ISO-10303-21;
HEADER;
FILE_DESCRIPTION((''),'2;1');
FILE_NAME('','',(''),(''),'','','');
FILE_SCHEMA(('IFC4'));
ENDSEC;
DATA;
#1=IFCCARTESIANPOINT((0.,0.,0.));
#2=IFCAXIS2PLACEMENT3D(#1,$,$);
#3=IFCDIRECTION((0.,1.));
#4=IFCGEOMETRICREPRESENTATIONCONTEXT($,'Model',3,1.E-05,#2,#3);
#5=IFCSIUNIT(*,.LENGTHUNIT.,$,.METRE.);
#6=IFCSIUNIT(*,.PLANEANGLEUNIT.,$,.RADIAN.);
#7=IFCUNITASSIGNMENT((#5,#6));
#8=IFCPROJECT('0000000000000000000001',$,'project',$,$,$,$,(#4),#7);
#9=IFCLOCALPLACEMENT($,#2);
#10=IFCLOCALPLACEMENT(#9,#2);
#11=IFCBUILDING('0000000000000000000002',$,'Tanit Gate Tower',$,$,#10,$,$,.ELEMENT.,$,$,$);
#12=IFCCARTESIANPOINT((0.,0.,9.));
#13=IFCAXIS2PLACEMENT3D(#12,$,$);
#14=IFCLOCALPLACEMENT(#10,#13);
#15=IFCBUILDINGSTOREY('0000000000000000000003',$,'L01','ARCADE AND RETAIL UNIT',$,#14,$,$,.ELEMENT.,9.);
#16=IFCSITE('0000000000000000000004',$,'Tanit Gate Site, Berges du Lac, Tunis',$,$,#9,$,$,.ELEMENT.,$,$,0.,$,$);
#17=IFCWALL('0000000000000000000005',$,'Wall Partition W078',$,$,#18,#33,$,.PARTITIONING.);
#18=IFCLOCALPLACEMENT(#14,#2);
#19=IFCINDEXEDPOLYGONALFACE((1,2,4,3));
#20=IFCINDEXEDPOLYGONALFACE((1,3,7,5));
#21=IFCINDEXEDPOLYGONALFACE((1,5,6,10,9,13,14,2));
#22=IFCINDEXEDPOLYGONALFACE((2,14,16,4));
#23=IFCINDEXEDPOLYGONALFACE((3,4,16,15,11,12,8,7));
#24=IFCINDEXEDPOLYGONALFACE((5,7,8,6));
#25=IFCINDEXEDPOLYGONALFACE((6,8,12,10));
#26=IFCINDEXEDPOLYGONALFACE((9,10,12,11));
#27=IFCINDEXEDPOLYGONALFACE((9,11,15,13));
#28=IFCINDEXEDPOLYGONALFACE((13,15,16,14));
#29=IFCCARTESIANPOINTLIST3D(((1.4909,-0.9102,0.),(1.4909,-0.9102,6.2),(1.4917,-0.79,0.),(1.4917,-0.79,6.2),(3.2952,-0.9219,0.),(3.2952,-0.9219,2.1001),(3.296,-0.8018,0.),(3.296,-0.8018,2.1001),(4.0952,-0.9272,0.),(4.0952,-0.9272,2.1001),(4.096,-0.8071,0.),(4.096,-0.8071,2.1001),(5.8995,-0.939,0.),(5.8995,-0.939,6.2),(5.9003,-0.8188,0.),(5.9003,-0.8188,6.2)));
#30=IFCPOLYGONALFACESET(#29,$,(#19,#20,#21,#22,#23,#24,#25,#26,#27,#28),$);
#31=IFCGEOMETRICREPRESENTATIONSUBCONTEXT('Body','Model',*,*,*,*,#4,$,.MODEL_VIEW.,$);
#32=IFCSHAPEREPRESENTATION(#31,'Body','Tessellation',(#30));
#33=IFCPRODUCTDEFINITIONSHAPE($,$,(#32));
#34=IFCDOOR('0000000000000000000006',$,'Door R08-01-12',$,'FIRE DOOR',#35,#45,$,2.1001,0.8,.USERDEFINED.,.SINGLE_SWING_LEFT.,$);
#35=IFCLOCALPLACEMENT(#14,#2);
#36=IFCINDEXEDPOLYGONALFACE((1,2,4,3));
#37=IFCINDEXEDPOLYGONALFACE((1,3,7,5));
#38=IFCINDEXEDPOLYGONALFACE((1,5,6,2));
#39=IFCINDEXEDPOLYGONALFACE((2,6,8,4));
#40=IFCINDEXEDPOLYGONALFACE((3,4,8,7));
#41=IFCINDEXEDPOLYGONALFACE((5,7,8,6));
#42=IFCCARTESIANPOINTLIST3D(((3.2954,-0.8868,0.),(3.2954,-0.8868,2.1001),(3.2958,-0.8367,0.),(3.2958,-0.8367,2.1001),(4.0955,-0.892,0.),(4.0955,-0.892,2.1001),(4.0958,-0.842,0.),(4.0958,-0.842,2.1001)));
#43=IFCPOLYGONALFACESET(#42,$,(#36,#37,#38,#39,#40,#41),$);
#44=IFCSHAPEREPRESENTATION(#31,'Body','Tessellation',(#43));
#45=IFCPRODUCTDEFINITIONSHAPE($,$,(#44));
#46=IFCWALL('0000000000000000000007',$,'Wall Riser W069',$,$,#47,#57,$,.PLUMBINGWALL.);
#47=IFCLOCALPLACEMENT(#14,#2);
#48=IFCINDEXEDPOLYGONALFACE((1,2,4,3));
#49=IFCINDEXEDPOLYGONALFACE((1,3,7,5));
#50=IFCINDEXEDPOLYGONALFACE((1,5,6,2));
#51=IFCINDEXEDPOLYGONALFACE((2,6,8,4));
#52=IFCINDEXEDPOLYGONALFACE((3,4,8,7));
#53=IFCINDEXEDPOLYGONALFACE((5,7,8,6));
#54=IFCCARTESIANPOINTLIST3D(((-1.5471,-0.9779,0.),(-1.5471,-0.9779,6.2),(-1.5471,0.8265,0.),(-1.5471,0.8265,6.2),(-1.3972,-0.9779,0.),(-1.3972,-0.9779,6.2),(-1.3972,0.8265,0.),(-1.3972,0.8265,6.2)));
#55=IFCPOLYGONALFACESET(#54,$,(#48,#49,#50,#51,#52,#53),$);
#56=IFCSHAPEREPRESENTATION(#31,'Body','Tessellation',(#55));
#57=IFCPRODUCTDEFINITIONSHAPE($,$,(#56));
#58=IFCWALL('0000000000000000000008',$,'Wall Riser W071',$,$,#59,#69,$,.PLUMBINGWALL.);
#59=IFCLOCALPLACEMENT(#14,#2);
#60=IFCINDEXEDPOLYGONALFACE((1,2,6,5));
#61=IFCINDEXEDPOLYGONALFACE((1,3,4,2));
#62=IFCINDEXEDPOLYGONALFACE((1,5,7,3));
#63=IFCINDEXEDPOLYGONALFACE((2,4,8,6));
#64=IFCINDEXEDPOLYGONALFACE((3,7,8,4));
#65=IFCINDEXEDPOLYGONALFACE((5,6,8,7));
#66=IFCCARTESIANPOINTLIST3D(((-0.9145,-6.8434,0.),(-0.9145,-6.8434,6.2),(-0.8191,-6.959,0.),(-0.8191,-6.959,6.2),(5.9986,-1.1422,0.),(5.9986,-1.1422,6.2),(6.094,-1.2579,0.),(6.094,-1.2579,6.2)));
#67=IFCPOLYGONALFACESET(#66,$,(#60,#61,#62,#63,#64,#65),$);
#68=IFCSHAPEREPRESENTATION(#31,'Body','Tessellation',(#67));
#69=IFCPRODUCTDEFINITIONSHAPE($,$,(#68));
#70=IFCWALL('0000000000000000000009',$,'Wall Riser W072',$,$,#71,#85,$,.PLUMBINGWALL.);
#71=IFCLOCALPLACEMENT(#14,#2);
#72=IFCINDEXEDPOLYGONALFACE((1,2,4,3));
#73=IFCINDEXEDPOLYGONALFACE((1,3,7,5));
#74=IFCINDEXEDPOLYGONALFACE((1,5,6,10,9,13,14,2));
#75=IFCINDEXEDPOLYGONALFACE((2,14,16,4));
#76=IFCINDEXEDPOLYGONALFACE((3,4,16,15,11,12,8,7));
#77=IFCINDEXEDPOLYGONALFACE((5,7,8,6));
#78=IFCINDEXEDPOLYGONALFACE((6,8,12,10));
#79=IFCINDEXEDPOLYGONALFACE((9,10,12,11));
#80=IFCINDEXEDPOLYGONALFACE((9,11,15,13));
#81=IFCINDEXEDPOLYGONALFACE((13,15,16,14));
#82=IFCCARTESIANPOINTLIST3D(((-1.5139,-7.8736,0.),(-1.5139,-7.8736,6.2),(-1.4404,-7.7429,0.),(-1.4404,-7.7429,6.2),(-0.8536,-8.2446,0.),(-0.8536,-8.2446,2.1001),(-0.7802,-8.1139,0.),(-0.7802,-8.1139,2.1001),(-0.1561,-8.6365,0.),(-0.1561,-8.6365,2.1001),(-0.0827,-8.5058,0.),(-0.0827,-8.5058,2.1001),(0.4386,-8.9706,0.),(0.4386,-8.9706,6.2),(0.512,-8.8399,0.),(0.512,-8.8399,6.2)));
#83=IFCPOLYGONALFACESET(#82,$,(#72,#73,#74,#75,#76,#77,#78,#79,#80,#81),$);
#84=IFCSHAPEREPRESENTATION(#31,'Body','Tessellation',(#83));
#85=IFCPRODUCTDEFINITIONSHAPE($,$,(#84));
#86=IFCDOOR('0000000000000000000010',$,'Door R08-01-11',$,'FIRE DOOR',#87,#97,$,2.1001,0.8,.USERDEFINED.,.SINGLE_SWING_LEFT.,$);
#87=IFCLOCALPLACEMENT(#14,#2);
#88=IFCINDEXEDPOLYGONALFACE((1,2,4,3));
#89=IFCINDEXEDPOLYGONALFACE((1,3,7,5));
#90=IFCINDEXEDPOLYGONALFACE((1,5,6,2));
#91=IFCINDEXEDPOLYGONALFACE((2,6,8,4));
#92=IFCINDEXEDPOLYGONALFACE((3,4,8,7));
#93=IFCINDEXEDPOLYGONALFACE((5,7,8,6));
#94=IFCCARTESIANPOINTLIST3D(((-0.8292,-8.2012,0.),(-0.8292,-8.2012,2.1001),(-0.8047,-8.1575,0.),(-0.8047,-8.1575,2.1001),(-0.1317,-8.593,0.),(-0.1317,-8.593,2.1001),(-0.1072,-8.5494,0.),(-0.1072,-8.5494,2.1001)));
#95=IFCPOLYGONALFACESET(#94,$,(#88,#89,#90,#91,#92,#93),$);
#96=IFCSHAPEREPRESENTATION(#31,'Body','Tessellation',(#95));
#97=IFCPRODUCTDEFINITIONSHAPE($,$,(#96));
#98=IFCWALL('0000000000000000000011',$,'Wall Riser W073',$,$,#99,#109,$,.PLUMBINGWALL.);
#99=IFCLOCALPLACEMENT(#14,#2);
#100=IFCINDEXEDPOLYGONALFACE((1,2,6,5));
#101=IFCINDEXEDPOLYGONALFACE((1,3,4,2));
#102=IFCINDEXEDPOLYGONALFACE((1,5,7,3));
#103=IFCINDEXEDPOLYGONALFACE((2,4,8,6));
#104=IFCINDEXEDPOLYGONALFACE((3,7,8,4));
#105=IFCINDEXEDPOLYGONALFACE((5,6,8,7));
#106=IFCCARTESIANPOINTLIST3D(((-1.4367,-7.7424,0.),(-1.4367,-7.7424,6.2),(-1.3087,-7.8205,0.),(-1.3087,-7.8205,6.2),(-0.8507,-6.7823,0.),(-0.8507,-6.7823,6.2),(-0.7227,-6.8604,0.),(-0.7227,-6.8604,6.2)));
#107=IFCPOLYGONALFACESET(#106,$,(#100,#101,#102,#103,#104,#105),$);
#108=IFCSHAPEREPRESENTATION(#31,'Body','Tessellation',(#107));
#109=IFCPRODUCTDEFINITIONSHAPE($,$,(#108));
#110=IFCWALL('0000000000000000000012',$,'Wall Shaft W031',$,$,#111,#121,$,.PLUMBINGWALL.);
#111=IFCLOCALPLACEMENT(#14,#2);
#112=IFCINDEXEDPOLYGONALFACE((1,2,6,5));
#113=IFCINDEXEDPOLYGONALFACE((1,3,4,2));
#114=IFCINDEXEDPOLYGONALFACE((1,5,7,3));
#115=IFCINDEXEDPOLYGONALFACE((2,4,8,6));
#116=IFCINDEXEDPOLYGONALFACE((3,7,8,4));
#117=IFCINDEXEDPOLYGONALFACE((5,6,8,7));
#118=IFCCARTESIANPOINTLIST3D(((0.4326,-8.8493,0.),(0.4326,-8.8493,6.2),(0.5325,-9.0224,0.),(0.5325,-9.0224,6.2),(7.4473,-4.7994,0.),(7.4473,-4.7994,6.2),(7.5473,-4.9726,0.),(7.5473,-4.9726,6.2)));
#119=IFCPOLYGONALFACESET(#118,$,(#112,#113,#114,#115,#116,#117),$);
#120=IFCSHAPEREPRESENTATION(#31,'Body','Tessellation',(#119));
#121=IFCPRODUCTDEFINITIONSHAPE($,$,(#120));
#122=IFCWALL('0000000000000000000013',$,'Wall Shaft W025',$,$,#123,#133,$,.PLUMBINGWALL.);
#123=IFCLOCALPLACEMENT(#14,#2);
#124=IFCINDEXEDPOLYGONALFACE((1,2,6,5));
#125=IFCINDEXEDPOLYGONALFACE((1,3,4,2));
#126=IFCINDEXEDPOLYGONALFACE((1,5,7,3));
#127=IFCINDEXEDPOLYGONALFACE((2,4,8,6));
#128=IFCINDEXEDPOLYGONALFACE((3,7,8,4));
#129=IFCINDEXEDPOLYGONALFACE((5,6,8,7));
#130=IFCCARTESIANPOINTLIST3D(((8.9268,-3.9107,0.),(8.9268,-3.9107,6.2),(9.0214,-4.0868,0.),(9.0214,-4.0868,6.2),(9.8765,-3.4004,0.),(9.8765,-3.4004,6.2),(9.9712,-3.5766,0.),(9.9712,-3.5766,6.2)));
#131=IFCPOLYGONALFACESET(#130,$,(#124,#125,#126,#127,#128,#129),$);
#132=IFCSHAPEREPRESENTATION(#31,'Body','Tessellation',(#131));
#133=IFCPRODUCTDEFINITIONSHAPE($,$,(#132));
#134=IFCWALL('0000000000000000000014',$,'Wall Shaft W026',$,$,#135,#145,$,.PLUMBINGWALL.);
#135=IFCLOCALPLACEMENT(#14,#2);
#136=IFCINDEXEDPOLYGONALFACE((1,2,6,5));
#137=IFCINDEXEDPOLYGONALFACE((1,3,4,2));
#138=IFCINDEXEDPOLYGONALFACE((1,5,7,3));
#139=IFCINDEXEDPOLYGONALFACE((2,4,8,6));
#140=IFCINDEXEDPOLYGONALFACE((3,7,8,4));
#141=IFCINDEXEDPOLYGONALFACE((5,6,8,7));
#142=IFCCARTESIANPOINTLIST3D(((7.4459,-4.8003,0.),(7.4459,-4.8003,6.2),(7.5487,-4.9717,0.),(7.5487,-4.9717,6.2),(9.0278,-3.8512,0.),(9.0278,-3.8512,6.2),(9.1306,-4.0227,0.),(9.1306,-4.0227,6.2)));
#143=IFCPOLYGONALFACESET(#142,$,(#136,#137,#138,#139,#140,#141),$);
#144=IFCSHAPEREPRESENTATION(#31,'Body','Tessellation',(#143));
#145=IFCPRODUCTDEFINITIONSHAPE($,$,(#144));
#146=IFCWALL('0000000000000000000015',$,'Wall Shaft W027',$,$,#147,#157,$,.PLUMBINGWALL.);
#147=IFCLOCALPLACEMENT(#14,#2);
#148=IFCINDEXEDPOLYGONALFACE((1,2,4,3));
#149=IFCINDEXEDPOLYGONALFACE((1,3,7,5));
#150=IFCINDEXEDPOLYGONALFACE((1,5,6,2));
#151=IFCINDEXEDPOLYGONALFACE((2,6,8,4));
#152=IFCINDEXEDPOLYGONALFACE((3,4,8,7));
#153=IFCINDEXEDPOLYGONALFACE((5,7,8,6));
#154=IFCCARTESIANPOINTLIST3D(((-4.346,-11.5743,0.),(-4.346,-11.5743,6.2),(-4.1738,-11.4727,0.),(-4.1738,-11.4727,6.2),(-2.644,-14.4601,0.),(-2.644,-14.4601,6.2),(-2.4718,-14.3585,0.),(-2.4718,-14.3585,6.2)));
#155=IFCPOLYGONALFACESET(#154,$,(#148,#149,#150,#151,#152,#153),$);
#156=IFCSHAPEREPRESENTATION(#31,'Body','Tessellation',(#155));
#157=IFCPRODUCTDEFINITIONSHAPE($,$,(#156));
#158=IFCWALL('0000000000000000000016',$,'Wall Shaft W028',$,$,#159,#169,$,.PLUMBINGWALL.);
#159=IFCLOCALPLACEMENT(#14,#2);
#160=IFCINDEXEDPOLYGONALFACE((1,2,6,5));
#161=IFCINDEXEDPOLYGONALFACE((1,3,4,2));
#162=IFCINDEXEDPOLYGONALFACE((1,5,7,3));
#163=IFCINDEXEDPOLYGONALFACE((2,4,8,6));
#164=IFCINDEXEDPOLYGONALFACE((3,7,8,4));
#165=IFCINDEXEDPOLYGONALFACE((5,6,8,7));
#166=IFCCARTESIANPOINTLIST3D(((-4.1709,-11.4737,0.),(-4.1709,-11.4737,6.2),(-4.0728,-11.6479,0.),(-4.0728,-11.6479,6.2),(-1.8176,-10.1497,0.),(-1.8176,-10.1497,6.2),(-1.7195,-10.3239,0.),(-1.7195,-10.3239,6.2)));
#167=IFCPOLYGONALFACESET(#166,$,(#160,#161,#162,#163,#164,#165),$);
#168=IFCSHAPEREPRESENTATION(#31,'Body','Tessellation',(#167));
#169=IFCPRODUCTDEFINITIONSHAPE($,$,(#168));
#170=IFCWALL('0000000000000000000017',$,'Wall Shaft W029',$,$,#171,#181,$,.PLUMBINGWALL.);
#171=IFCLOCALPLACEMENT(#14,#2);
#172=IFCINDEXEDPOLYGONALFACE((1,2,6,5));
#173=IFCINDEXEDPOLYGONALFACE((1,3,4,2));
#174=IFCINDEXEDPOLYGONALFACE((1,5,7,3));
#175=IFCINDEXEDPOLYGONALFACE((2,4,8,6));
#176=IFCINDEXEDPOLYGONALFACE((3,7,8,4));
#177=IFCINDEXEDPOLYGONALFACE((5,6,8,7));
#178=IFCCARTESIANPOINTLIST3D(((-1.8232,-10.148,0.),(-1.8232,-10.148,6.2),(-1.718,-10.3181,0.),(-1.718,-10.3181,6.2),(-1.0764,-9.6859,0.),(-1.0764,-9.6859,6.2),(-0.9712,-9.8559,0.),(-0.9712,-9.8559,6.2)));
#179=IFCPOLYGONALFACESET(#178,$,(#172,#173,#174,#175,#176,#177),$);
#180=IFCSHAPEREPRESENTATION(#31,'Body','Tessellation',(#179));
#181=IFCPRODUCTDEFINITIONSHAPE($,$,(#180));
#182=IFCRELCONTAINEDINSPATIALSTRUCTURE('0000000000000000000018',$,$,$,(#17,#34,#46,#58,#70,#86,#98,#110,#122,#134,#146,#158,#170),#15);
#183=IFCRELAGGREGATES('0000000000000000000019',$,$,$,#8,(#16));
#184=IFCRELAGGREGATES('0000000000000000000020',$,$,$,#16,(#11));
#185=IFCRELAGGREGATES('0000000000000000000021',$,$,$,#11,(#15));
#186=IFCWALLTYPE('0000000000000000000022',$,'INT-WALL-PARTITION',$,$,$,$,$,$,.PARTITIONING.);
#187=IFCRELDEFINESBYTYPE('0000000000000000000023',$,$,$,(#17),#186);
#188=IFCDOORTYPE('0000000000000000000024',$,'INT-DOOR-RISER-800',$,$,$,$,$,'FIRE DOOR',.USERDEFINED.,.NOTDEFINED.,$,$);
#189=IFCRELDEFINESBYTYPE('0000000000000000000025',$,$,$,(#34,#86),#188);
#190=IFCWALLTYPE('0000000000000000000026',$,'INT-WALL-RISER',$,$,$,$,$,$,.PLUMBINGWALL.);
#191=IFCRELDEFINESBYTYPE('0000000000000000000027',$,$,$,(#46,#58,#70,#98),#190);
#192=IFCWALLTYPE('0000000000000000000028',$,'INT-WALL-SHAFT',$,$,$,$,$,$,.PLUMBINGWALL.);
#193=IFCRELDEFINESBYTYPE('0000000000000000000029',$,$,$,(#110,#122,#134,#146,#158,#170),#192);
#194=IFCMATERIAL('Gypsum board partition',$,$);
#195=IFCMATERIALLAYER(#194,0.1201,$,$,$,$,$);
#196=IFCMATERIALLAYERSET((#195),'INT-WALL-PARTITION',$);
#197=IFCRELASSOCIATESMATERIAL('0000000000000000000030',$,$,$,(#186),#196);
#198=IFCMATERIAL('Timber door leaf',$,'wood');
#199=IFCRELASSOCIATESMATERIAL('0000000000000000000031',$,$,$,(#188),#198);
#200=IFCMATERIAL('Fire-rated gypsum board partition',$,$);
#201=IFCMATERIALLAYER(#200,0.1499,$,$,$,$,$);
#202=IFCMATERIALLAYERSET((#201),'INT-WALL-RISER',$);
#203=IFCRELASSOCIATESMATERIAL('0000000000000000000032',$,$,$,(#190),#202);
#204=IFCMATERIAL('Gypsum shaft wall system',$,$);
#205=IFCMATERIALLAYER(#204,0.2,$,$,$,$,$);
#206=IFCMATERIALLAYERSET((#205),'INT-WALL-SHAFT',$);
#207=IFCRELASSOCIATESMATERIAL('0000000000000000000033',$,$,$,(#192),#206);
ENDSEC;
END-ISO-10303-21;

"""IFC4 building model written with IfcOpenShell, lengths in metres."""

from ifc_helpers import new_model, si_unit, direction, frame, frame_2d, origin, place, context, subcontext, project, spatial, rectangle, extrude, material, layer, layer_set, type_object, element, fill, save


model = new_model("IFC4")

# Units and contexts
model_context = context("Model", 3, precision=1e-05, world=origin(), true_north=direction((0.0, 1.0)))
body_context = subcontext(model_context, "Body", "Model", "MODEL_VIEW")
ifc_project = project(units=[si_unit("LENGTHUNIT", "METRE"), si_unit("PLANEANGLEUNIT", "RADIAN")], contexts=[model_context])

# Site, building, storey
site_placement = place(None, origin())
site = spatial("IfcSite", under=ifc_project, at=site_placement, Name="Tanit Gate Site, Berges du Lac, Tunis", CompositionType="ELEMENT", RefElevation=0.0)
building_placement = place(site_placement, origin())
building = spatial("IfcBuilding", under=site, at=building_placement, Name="Tanit Gate Tower", CompositionType="ELEMENT")
storey_placement = place(building_placement, frame((0.0, 0.0, 9.0)))
storey = spatial("IfcBuildingStorey", under=building, at=storey_placement, Name="L01", Description="ARCADE AND RETAIL UNIT", CompositionType="ELEMENT", Elevation=9.0)

# Shared definitions
ifc_material_1 = material(Name="Gypsum board partition")
ifc_layer_1 = layer(ifc_material_1, 0.1201)
ifc_layer_set_1 = layer_set([ifc_layer_1], Name="INT-WALL-PARTITION")
wall_type_1 = type_object("IfcWallType", Name="INT-WALL-PARTITION", PredefinedType="PARTITIONING", material=ifc_layer_set_1)

# Wall, opening, door
wall_1_placement = place(storey_placement, frame((5.8999, -0.8789, 0.0), z_axis=(0.0, 0.0, 1.0), x_axis=(-0.999979, 0.006534, 0.0)))
wall_1 = element("IfcWall", 1, at=wall_1_placement, inside=storey, type_object=wall_type_1, Name="Wall Partition W078", PredefinedType="PARTITIONING", context=body_context, shape_type="SweptSolid", body=[
    extrude(rectangle(XDim=4.4087, YDim=0.1201, at=frame_2d((2.2043, 0.0))), origin(), (0.0, 0.0, 1.0), 6.2),
])
opening_1_placement = place(wall_1_placement, frame((1.8044, 0.0, 0.0)))
opening_1 = element("IfcOpeningElement", 2, at=opening_1_placement, cuts=wall_1, PredefinedType="OPENING", context=body_context, shape_type="SweptSolid", body=[
    extrude(rectangle(XDim=0.8, YDim=2.1001, at=frame_2d((0.3999, 1.05))), frame((0.0, 0.0701, 0.0), z_axis=(0.0, -1.0, 0.0), x_axis=(1.0, 0.0, 0.0)), (0.0, 0.0, 1.0), 0.1401),
])
ifc_material_2 = material(Name="Timber door leaf", Category="wood")
door_type_1 = type_object("IfcDoorType", Name="INT-DOOR-RISER-800", ElementType="FIRE DOOR", OperationType="NOTDEFINED", PredefinedType="USERDEFINED", material=ifc_material_2)
door_1_placement = place(opening_1_placement, origin())
door_1 = element("IfcDoor", 3, at=door_1_placement, inside=storey, type_object=door_type_1, Name="Door R08-01-12", ObjectType="FIRE DOOR", OperationType="SINGLE_SWING_LEFT", OverallHeight=2.1001, OverallWidth=0.8, PredefinedType="USERDEFINED", context=body_context, shape_type="SweptSolid", body=[
    extrude(rectangle(XDim=0.8, YDim=2.1001, at=frame_2d((0.3999, 1.05))), frame((0.0, 0.0249, 0.0), z_axis=(0.0, -1.0, 0.0), x_axis=(1.0, 0.0, 0.0)), (0.0, 0.0, 1.0), 0.05),
])
fill(opening_1, door_1)

# Walls
ifc_material_3 = material(Name="Fire-rated gypsum board partition")
ifc_layer_2 = layer(ifc_material_3, 0.1499)
ifc_layer_set_2 = layer_set([ifc_layer_2], Name="INT-WALL-RISER")
wall_type_2 = type_object("IfcWallType", Name="INT-WALL-RISER", PredefinedType="PLUMBINGWALL", material=ifc_layer_set_2)
wall_2_placement = place(storey_placement, frame((-1.4722, -0.978, 0.0), z_axis=(0.0, 0.0, 1.0), x_axis=(0.0, 1.0, 0.0)))
element("IfcWall", 4, at=wall_2_placement, inside=storey, type_object=wall_type_2, Name="Wall Riser W069", PredefinedType="PLUMBINGWALL", context=body_context, shape_type="SweptSolid", body=[
    extrude(rectangle(XDim=1.8044, YDim=0.1499, at=frame_2d((0.9023, 0.0))), origin(), (0.0, 0.0, 1.0), 6.2),
])
wall_3_placement = place(storey_placement, frame((6.0464, -1.2, 0.0), z_axis=(0.0, 0.0, 1.0), x_axis=(-0.77149, -0.636242, 0.0)))
element("IfcWall", 5, at=wall_3_placement, inside=storey, type_object=wall_type_2, Name="Wall Riser W071", PredefinedType="PLUMBINGWALL", context=body_context, shape_type="SweptSolid", body=[
    extrude(rectangle(XDim=8.9607, YDim=0.1499, at=frame_2d((4.4805, 0.0))), origin(), (0.0, 0.0, 1.0), 6.2),
])

# Wall, opening, door
wall_4_placement = place(storey_placement, frame((-1.4771, -7.8083, 0.0), z_axis=(0.0, 0.0, 1.0), x_axis=(0.871823, -0.489821, 0.0)))
wall_4 = element("IfcWall", 6, at=wall_4_placement, inside=storey, type_object=wall_type_2, Name="Wall Riser W072", PredefinedType="PLUMBINGWALL", context=body_context, shape_type="SweptSolid", body=[
    extrude(rectangle(XDim=2.2395, YDim=0.1499, at=frame_2d((1.1196, 0.0))), origin(), (0.0, 0.0, 1.0), 6.2),
])
opening_2_placement = place(wall_4_placement, frame((0.7573, 0.0, 0.0)))
opening_2 = element("IfcOpeningElement", 7, at=opening_2_placement, cuts=wall_4, PredefinedType="OPENING", context=body_context, shape_type="SweptSolid", body=[
    extrude(rectangle(XDim=0.8, YDim=2.1001, at=frame_2d((0.3999, 1.05))), frame((0.0, 0.085, 0.0), z_axis=(0.0, -1.0, 0.0), x_axis=(1.0, 0.0, 0.0)), (0.0, 0.0, 1.0), 0.1699),
])
door_2_placement = place(opening_2_placement, origin())
door_2 = element("IfcDoor", 8, at=door_2_placement, inside=storey, type_object=door_type_1, Name="Door R08-01-11", ObjectType="FIRE DOOR", OperationType="SINGLE_SWING_LEFT", OverallHeight=2.1001, OverallWidth=0.8, PredefinedType="USERDEFINED", context=body_context, shape_type="SweptSolid", body=[
    extrude(rectangle(XDim=0.8, YDim=2.1001, at=frame_2d((0.3999, 1.05))), frame((0.0, 0.0249, 0.0), z_axis=(0.0, -1.0, 0.0), x_axis=(1.0, 0.0, 0.0)), (0.0, 0.0, 1.0), 0.05),
])
fill(opening_2, door_2)

# Walls
wall_5_placement = place(storey_placement, frame((-0.7866, -6.8213, 0.0), z_axis=(0.0, 0.0, 1.0), x_axis=(-0.520993, -0.853561, 0.0)))
element("IfcWall", 9, at=wall_5_placement, inside=storey, type_object=wall_type_2, Name="Wall Riser W073", PredefinedType="PLUMBINGWALL", context=body_context, shape_type="SweptSolid", body=[
    extrude(rectangle(XDim=1.1248, YDim=0.1499, at=frame_2d((0.5625, 0.0))), origin(), (0.0, 0.0, 1.0), 6.2),
])
ifc_material_4 = material(Name="Gypsum shaft wall system")
ifc_layer_3 = layer(ifc_material_4, 0.2)
ifc_layer_set_3 = layer_set([ifc_layer_3], Name="INT-WALL-SHAFT")
wall_type_3 = type_object("IfcWallType", Name="INT-WALL-SHAFT", PredefinedType="PLUMBINGWALL", material=ifc_layer_set_3)
wall_6_placement = place(storey_placement, frame((0.4827, -8.9358, 0.0), z_axis=(0.0, 0.0, 1.0), x_axis=(0.866031, 0.49999, 0.0)))
element("IfcWall", 10, at=wall_6_placement, inside=storey, type_object=wall_type_3, Name="Wall Shaft W031", PredefinedType="PLUMBINGWALL", context=body_context, shape_type="SweptSolid", body=[
    extrude(rectangle(XDim=8.0999, YDim=0.2, at=frame_2d((4.0498, 0.0))), origin(), (0.0, 0.0, 1.0), 6.2),
])
wall_7_placement = place(storey_placement, frame((8.9741, -3.9988, 0.0), z_axis=(0.0, 0.0, 1.0), x_axis=(0.880907, 0.473289, 0.0)))
element("IfcWall", 11, at=wall_7_placement, inside=storey, type_object=wall_type_3, Name="Wall Shaft W025", PredefinedType="PLUMBINGWALL", context=body_context, shape_type="SweptSolid", body=[
    extrude(rectangle(XDim=1.0781, YDim=0.2, at=frame_2d((0.5391, 0.0))), origin(), (0.0, 0.0, 1.0), 6.2),
])
wall_8_placement = place(storey_placement, frame((7.4973, -4.886, 0.0), z_axis=(0.0, 0.0, 1.0), x_axis=(0.857516, 0.514457, 0.0)))
element("IfcWall", 12, at=wall_8_placement, inside=storey, type_object=wall_type_3, Name="Wall Shaft W026", PredefinedType="PLUMBINGWALL", context=body_context, shape_type="SweptSolid", body=[
    extrude(rectangle(XDim=1.8447, YDim=0.2, at=frame_2d((0.9224, 0.0))), origin(), (0.0, 0.0, 1.0), 6.2),
])
wall_9_placement = place(storey_placement, frame((-2.5579, -14.4094, 0.0), z_axis=(0.0, 0.0, 1.0), x_axis=(-0.507997, 0.861359, 0.0)))
element("IfcWall", 13, at=wall_9_placement, inside=storey, type_object=wall_type_3, Name="Wall Shaft W027", PredefinedType="PLUMBINGWALL", context=body_context, shape_type="SweptSolid", body=[
    extrude(rectangle(XDim=3.3503, YDim=0.2, at=frame_2d((1.6753, 0.0))), origin(), (0.0, 0.0, 1.0), 6.2),
])
wall_10_placement = place(storey_placement, frame((-1.7686, -10.2368, 0.0), z_axis=(0.0, 0.0, 1.0), x_axis=(-0.871534, -0.490334, 0.0)))
element("IfcWall", 14, at=wall_10_placement, inside=storey, type_object=wall_type_3, Name="Wall Shaft W028", PredefinedType="PLUMBINGWALL", context=body_context, shape_type="SweptSolid", body=[
    extrude(rectangle(XDim=2.7002, YDim=0.2, at=frame_2d((1.3501, 0.0))), origin(), (0.0, 0.0, 1.0), 6.2),
])
wall_11_placement = place(storey_placement, frame((-1.0239, -9.771, 0.0), z_axis=(0.0, 0.0, 1.0), x_axis=(-0.850348, -0.526221, 0.0)))
element("IfcWall", 15, at=wall_11_placement, inside=storey, type_object=wall_type_3, Name="Wall Shaft W029", PredefinedType="PLUMBINGWALL", context=body_context, shape_type="SweptSolid", body=[
    extrude(rectangle(XDim=0.8782, YDim=0.2, at=frame_2d((0.439, 0.0))), origin(), (0.0, 0.0, 1.0), 6.2),
])

save(model, "model.ifc")
